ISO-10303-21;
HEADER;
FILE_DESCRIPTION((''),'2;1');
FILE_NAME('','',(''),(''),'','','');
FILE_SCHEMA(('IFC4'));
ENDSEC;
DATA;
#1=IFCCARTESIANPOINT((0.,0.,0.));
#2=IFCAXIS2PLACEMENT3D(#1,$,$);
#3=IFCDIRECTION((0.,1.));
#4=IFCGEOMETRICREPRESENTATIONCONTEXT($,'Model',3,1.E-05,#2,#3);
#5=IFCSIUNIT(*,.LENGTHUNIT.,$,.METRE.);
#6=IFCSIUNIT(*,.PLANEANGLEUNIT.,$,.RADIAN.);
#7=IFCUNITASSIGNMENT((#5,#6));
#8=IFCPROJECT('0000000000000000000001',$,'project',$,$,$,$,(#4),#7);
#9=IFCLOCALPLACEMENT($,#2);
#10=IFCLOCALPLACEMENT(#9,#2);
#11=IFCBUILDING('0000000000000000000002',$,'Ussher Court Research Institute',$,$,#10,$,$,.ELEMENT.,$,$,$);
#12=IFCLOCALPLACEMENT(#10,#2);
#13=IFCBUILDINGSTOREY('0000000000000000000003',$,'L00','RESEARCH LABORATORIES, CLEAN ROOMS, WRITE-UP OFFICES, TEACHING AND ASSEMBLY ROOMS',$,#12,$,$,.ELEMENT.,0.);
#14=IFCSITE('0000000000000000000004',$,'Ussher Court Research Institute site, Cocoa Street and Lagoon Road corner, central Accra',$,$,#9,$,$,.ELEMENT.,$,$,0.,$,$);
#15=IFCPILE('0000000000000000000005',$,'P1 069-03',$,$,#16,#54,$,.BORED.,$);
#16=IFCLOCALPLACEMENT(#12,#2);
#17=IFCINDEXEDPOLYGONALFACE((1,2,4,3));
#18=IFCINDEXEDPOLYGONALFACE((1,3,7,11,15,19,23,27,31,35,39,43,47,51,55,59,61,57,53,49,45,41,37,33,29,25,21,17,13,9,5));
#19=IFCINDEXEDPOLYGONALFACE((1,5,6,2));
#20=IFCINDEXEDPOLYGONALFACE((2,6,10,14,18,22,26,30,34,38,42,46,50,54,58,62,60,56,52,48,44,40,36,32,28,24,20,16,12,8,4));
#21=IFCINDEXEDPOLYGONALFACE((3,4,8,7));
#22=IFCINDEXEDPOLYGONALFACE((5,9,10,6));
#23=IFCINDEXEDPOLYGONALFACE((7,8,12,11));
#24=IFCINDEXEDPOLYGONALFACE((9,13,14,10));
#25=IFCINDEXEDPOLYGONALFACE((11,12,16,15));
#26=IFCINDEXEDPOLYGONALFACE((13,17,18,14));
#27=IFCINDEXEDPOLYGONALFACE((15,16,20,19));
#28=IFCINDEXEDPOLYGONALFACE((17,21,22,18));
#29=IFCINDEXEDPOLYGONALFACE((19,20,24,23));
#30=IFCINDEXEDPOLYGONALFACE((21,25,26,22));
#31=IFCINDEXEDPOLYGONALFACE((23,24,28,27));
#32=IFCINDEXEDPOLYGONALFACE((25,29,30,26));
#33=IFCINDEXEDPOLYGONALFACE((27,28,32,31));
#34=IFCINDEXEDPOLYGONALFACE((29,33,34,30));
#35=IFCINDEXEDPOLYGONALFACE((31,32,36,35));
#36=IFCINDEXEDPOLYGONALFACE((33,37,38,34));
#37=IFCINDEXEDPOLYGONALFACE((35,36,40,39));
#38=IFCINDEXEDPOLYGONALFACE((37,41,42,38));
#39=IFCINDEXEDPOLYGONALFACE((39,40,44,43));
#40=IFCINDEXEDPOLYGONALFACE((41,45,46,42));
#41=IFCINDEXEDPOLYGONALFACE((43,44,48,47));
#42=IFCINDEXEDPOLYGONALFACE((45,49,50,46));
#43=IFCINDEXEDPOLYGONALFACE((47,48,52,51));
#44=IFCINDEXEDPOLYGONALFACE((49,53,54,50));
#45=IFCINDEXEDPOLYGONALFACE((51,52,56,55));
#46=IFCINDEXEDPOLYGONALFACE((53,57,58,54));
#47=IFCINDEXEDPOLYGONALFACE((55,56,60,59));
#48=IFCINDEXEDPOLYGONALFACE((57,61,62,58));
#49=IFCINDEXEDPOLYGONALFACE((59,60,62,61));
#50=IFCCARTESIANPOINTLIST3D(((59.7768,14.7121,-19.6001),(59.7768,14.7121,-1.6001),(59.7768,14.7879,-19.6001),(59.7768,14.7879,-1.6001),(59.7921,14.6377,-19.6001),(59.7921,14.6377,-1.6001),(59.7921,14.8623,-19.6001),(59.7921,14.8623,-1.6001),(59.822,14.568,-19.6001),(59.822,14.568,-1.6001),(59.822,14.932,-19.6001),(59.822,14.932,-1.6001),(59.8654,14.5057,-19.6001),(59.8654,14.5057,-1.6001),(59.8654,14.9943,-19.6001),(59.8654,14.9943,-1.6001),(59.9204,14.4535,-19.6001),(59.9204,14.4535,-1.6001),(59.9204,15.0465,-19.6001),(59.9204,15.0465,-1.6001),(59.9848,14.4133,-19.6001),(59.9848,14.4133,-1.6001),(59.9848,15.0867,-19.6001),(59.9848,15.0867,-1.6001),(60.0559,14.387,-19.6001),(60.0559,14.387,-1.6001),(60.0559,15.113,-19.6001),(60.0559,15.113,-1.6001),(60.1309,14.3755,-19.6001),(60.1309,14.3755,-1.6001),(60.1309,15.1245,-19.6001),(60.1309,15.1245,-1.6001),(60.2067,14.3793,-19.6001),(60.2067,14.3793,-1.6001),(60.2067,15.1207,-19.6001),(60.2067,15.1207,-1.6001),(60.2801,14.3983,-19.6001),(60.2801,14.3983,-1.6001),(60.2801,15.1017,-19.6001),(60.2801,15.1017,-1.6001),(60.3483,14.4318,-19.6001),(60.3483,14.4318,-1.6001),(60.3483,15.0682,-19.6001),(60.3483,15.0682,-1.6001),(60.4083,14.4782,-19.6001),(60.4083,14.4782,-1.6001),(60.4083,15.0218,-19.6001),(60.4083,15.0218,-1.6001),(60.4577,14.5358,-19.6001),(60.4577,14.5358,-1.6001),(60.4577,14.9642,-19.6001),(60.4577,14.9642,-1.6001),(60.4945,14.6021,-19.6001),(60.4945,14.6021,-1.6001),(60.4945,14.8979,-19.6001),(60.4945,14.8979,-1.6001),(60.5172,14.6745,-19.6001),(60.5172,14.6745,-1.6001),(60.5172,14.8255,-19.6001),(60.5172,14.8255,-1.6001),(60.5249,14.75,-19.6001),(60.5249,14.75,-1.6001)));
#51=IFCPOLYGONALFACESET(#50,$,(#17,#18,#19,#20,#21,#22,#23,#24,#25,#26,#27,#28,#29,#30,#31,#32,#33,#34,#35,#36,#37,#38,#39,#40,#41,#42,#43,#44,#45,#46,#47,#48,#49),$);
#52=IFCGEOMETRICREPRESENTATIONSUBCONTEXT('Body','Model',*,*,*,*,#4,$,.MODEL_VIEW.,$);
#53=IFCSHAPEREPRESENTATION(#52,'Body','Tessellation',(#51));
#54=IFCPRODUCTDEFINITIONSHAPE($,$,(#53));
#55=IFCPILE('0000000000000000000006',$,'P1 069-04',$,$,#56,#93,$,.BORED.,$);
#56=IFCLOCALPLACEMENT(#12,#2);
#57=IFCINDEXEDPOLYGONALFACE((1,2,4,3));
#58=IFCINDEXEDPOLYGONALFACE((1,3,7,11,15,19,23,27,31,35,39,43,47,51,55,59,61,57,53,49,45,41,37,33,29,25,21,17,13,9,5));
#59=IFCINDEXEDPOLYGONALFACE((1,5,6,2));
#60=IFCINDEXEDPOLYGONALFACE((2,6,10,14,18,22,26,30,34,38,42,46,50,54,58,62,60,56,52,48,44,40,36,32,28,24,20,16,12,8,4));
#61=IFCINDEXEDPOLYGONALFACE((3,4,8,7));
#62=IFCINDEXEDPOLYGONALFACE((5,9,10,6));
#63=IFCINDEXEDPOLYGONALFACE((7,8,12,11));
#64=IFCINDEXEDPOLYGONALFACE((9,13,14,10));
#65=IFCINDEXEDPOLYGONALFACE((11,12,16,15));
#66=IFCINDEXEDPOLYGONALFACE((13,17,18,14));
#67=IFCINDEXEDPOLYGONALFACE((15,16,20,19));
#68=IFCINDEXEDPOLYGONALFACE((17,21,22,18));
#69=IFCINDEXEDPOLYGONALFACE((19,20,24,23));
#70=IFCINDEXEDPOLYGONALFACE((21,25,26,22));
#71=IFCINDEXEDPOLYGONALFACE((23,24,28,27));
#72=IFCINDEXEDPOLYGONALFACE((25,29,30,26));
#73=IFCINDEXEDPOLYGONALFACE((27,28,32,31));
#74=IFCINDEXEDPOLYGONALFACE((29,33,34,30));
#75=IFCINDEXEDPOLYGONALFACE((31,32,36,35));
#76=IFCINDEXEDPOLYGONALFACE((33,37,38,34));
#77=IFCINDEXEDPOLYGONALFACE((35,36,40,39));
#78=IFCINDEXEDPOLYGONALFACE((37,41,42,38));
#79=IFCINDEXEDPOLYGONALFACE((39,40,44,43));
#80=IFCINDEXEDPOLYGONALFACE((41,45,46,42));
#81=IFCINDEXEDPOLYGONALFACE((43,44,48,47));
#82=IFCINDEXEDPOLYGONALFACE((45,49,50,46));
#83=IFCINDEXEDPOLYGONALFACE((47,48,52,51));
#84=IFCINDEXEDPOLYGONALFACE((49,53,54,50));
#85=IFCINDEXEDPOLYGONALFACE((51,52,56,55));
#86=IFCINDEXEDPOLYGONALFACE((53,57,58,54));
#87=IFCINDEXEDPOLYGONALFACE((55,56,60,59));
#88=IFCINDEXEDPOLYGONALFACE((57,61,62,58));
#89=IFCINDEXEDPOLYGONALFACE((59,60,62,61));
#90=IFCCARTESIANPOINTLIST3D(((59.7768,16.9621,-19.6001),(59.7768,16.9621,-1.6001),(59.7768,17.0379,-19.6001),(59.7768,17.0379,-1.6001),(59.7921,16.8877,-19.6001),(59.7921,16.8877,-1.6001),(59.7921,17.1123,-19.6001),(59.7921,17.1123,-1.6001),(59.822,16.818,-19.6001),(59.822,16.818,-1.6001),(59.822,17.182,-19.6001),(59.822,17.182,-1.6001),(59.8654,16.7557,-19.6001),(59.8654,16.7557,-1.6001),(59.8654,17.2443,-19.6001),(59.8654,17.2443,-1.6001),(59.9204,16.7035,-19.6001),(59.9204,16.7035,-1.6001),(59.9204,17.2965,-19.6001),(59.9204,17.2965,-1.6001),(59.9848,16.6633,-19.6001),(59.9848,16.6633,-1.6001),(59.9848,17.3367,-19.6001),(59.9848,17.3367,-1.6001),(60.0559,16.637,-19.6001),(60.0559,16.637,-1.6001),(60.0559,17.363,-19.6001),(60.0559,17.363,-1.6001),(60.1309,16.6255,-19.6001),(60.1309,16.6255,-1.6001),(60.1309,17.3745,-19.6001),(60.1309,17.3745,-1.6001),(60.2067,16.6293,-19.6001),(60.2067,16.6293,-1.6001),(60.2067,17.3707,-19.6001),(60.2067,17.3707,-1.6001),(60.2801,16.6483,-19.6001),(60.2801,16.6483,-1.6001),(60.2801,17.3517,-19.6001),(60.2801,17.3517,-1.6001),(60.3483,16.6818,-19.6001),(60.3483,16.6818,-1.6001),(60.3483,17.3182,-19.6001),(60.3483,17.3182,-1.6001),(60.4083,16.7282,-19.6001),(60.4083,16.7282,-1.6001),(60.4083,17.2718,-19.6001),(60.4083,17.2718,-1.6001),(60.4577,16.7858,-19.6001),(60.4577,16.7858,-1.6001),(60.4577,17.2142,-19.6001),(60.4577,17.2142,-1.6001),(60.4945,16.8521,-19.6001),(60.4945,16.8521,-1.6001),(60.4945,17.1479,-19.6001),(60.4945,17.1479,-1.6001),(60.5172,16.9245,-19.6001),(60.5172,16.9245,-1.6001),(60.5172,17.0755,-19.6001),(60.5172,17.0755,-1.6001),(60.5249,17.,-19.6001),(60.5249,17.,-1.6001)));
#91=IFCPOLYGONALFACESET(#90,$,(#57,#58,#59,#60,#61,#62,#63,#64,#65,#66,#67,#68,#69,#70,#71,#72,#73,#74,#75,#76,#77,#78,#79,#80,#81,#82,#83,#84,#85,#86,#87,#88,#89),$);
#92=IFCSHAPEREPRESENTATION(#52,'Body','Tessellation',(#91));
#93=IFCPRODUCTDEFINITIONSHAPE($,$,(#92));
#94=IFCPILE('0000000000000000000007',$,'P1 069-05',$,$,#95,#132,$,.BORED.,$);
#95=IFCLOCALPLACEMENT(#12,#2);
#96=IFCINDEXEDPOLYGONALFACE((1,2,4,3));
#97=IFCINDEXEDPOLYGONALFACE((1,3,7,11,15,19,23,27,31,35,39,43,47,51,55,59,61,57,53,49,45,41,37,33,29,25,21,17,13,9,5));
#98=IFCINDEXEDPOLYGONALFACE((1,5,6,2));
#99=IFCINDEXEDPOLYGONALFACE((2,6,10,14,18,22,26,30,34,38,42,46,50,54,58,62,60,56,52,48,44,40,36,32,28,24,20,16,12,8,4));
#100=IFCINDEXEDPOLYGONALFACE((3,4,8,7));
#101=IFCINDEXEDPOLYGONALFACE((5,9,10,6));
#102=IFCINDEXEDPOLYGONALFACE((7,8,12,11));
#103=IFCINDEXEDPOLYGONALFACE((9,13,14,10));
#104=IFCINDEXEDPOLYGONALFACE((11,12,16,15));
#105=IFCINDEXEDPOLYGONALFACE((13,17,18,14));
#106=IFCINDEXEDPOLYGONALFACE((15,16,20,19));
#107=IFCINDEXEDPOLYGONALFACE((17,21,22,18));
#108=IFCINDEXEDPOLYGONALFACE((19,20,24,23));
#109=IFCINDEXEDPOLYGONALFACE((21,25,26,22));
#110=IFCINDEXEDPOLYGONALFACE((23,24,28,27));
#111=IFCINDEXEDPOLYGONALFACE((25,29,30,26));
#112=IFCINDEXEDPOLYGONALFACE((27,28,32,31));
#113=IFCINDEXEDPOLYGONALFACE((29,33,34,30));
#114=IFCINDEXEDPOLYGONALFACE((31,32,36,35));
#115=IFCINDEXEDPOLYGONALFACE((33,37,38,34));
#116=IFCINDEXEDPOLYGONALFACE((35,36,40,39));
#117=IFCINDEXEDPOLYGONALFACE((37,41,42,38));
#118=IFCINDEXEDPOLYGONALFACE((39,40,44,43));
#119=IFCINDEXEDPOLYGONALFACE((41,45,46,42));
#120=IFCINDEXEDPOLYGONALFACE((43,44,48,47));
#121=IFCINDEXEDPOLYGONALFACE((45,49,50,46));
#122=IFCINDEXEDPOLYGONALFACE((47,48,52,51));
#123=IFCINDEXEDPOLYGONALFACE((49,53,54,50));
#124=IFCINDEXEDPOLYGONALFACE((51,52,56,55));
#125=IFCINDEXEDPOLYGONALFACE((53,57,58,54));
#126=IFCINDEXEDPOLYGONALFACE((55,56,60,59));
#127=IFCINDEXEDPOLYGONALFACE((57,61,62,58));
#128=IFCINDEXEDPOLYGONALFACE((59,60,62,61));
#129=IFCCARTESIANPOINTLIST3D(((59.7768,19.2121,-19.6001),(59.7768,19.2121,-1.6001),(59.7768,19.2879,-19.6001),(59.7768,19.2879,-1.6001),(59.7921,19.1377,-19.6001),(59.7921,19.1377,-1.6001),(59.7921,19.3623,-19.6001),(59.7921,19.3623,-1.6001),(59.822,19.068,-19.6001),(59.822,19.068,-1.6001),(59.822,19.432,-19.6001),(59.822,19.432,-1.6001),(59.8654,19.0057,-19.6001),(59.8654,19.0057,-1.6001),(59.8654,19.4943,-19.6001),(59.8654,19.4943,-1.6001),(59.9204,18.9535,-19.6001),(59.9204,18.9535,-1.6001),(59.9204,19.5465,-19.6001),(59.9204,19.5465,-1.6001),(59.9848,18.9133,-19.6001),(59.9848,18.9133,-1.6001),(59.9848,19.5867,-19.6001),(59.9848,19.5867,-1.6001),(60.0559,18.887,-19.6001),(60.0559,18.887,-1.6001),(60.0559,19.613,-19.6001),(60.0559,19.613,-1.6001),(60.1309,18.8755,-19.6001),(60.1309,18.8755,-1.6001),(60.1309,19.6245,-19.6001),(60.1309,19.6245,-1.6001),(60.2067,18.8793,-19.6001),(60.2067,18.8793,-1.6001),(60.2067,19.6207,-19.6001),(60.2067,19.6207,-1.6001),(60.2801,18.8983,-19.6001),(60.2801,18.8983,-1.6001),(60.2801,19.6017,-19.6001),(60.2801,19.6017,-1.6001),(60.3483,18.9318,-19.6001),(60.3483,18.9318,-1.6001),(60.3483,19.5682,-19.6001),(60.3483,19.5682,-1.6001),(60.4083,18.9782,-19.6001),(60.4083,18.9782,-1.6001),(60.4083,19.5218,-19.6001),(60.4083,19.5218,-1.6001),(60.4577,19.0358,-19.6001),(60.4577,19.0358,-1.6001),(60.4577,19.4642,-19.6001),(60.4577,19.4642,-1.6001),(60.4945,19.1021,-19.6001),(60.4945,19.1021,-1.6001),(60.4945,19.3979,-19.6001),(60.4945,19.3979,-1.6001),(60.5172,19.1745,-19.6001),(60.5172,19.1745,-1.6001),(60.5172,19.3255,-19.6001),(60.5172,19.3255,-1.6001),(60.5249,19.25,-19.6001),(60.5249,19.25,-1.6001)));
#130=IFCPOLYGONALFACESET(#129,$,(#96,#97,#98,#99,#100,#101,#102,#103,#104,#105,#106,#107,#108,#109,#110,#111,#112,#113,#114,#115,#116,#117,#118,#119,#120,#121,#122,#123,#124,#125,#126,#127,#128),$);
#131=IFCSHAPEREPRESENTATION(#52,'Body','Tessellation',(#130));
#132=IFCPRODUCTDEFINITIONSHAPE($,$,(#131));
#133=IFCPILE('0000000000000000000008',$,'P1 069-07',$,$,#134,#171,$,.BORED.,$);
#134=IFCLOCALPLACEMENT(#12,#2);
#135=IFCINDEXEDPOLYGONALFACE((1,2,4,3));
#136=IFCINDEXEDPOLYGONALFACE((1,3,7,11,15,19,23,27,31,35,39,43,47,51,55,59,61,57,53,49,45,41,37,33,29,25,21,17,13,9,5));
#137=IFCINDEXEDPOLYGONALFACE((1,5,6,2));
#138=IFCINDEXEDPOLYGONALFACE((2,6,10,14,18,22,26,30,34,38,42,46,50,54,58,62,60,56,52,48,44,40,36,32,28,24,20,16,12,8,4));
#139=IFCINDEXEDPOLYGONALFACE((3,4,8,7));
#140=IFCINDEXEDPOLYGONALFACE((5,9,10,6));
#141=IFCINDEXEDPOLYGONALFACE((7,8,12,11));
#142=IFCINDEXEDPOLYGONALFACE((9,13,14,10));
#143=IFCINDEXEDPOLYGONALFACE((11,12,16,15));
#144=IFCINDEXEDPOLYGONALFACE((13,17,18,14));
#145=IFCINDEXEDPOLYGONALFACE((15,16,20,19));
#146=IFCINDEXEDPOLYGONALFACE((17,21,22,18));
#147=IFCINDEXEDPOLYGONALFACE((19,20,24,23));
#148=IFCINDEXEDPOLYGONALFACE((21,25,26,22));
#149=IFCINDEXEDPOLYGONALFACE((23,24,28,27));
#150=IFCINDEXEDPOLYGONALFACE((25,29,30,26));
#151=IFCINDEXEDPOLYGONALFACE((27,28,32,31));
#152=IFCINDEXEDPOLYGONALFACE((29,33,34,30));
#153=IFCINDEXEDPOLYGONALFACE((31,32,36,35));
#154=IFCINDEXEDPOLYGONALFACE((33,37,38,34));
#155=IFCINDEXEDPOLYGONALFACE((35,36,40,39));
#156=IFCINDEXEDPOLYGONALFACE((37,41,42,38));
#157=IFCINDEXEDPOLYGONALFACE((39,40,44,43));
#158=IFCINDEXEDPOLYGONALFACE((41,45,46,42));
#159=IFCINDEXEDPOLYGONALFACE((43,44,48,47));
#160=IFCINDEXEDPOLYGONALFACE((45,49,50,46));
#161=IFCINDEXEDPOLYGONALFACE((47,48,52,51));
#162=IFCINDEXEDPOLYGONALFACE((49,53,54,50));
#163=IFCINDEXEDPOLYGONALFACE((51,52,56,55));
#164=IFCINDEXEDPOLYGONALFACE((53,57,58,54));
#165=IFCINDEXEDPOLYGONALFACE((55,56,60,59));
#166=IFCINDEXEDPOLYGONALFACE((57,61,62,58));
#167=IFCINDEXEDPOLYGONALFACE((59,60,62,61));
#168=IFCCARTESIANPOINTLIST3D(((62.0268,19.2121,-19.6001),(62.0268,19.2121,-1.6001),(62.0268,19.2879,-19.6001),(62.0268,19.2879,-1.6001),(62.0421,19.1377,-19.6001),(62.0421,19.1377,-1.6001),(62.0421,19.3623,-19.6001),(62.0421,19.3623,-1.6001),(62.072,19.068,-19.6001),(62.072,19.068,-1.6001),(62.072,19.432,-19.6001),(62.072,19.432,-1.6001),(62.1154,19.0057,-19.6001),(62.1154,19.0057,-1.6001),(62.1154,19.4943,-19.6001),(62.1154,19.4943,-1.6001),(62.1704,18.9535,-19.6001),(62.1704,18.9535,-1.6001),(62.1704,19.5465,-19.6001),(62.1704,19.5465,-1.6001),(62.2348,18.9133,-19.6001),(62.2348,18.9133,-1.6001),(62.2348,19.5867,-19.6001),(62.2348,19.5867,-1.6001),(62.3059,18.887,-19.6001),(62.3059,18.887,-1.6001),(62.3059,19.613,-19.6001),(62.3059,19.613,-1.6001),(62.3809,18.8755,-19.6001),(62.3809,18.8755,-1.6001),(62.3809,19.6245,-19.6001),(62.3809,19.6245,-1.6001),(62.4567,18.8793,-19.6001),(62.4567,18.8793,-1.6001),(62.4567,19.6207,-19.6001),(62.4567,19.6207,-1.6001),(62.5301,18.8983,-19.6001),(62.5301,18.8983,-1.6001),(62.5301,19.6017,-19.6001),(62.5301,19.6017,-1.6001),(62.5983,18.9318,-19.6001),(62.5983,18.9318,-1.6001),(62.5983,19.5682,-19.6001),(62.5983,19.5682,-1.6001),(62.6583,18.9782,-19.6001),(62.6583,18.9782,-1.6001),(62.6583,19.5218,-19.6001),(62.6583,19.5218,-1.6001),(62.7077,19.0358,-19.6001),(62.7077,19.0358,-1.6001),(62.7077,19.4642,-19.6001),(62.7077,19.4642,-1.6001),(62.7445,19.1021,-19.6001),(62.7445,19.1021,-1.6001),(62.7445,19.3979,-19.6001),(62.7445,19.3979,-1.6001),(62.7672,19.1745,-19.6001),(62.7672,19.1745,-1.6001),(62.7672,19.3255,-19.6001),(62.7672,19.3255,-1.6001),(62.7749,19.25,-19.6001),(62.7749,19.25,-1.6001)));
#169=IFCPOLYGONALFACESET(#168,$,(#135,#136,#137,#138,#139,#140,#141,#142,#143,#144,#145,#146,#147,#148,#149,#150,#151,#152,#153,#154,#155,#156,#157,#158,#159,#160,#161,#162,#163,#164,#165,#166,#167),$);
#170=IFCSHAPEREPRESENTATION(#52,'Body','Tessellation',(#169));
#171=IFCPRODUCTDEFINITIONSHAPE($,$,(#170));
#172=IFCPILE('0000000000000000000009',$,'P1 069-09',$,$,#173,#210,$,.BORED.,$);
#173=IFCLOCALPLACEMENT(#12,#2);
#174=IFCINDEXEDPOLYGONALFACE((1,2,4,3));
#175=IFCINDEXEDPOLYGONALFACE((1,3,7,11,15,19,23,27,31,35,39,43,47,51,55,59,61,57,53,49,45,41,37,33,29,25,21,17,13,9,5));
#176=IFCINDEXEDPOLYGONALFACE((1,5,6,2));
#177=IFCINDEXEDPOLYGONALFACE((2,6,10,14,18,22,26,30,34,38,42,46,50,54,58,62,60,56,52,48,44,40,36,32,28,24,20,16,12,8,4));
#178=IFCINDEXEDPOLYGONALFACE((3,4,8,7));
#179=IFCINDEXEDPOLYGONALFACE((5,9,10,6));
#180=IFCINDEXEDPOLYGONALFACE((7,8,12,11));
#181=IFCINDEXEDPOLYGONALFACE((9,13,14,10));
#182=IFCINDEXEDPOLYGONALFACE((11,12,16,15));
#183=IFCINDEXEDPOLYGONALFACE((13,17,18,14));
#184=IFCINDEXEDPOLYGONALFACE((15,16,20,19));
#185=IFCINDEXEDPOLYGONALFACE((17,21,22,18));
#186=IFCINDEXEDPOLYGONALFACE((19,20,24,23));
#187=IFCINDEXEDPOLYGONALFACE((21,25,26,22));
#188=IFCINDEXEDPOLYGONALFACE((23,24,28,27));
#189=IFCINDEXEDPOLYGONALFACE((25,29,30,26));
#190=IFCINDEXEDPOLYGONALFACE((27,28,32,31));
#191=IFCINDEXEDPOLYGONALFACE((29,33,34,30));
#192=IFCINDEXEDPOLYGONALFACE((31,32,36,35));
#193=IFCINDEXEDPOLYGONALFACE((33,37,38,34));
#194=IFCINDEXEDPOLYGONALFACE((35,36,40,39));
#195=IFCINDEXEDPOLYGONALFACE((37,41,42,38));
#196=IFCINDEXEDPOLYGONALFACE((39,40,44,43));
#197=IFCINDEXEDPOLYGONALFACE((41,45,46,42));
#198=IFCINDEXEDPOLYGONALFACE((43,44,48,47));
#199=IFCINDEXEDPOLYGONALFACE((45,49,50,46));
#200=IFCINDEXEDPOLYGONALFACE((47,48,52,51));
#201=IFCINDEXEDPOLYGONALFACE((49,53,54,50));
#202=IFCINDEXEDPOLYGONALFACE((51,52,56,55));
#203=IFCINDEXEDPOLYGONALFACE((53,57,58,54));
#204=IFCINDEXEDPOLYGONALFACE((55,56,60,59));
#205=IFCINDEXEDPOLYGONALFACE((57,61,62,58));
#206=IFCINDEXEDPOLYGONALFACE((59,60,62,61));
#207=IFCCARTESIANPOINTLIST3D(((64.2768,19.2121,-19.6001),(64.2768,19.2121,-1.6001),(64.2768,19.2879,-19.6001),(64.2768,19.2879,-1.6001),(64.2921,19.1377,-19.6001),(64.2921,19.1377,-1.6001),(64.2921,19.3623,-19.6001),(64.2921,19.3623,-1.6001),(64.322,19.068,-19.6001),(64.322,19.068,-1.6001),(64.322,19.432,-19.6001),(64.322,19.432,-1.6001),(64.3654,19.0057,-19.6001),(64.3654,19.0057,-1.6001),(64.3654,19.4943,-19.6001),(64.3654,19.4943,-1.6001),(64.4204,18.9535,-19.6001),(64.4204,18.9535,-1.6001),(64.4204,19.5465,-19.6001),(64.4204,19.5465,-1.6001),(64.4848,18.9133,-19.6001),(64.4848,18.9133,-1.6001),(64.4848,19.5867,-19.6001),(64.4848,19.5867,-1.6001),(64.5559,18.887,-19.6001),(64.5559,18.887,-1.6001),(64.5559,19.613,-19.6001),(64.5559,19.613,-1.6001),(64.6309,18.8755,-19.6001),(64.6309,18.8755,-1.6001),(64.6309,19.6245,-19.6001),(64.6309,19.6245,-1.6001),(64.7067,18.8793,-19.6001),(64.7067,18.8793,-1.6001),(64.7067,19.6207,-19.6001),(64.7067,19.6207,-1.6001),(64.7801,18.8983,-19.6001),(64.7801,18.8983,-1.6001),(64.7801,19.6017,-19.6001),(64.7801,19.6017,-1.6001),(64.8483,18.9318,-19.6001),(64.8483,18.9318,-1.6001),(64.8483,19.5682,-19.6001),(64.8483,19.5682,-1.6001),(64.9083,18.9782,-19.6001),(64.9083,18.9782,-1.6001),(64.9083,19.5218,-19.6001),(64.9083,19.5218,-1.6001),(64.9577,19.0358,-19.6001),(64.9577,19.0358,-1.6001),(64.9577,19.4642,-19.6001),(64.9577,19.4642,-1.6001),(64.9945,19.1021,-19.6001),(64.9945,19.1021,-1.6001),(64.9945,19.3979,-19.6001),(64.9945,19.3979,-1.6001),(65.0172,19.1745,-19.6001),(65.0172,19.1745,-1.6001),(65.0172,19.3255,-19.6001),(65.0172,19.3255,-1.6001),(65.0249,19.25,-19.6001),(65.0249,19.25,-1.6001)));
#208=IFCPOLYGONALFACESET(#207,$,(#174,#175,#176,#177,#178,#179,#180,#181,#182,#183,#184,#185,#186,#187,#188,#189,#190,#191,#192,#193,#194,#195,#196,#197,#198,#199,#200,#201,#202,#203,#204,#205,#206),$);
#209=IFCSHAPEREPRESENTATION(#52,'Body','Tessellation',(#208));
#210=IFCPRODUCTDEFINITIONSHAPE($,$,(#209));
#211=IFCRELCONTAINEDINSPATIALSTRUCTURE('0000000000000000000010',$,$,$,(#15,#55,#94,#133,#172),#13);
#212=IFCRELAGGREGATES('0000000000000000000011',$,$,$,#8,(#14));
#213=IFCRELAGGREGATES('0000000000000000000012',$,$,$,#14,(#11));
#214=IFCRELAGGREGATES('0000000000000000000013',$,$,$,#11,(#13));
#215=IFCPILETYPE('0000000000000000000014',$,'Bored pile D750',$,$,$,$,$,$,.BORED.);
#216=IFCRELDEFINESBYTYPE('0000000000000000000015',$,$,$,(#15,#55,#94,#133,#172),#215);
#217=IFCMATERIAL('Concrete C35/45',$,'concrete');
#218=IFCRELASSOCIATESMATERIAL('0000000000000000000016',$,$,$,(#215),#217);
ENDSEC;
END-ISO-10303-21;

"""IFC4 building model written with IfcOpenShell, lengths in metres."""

from ifc_helpers import new_model, si_unit, direction, frame, origin, origin_2d, place, context, subcontext, project, spatial, circle, extrude, material, material_profile, profile_set, type_object, element, save


model = new_model("IFC4")

# Units and contexts
model_context = context("Model", 3, precision=1e-05, world=origin(), true_north=direction((0.0, 1.0)))
body_context = subcontext(model_context, "Body", "Model", "MODEL_VIEW")
ifc_project = project(units=[si_unit("LENGTHUNIT", "METRE"), si_unit("PLANEANGLEUNIT", "RADIAN")], contexts=[model_context])

# Site, building, storey
site_placement = place(None, origin())
site = spatial("IfcSite", under=ifc_project, at=site_placement, Name="Ussher Court Research Institute site, Cocoa Street and Lagoon Road corner, central Accra", CompositionType="ELEMENT", RefElevation=0.0)
building_placement = place(site_placement, origin())
building = spatial("IfcBuilding", under=site, at=building_placement, Name="Ussher Court Research Institute", CompositionType="ELEMENT")
storey_placement = place(building_placement, origin())
storey = spatial("IfcBuildingStorey", under=building, at=storey_placement, Name="L00", Description="RESEARCH LABORATORIES, CLEAN ROOMS, WRITE-UP OFFICES, TEACHING AND ASSEMBLY ROOMS", CompositionType="ELEMENT", Elevation=0.0)

# Piles
ifc_material_1 = material(Name="Concrete C35/45", Category="concrete")
ifc_material_profile_1 = material_profile(ifc_material_1, circle(Radius=0.375, at=origin_2d()), Name="RC D750")
ifc_profile_set_1 = profile_set([ifc_material_profile_1], Name="Concrete C35/45")
pile_type = type_object("IfcPileType", Name="Bored pile D750", PredefinedType="BORED", material=ifc_profile_set_1)
for number, where, z_axis, x_axis, name in (
    (1, (60.1499, 14.75, -1.6001), (0.0, 0.0, -1.0), (1.0, 0.0, 0.0), "P1 069-03"),
    (2, (60.1499, 17.0, -1.6001), (0.0, 0.0, -1.0), (1.0, 0.0, 0.0), "P1 069-04"),
    (3, (60.1499, 19.25, -1.6001), (0.0, 0.0, -1.0), (1.0, 0.0, 0.0), "P1 069-05"),
    (4, (62.3999, 19.25, -1.6001), (0.0, 0.0, -1.0), (1.0, 0.0, 0.0), "P1 069-07"),
    (5, (64.6499, 19.25, -1.6001), (0.0, 0.0, -1.0), (1.0, 0.0, 0.0), "P1 069-09"),
):
    element("IfcPile", number, at=place(storey_placement, frame(where, z_axis=z_axis, x_axis=x_axis)), inside=storey, type_object=pile_type, Name=name, PredefinedType="BORED", context=body_context, shape_type="SweptSolid", body=[
        extrude(circle(Radius=0.375, at=origin_2d()), origin(), (0.0, 0.0, 1.0), 18.0),
    ])

save(model, "model.ifc")
